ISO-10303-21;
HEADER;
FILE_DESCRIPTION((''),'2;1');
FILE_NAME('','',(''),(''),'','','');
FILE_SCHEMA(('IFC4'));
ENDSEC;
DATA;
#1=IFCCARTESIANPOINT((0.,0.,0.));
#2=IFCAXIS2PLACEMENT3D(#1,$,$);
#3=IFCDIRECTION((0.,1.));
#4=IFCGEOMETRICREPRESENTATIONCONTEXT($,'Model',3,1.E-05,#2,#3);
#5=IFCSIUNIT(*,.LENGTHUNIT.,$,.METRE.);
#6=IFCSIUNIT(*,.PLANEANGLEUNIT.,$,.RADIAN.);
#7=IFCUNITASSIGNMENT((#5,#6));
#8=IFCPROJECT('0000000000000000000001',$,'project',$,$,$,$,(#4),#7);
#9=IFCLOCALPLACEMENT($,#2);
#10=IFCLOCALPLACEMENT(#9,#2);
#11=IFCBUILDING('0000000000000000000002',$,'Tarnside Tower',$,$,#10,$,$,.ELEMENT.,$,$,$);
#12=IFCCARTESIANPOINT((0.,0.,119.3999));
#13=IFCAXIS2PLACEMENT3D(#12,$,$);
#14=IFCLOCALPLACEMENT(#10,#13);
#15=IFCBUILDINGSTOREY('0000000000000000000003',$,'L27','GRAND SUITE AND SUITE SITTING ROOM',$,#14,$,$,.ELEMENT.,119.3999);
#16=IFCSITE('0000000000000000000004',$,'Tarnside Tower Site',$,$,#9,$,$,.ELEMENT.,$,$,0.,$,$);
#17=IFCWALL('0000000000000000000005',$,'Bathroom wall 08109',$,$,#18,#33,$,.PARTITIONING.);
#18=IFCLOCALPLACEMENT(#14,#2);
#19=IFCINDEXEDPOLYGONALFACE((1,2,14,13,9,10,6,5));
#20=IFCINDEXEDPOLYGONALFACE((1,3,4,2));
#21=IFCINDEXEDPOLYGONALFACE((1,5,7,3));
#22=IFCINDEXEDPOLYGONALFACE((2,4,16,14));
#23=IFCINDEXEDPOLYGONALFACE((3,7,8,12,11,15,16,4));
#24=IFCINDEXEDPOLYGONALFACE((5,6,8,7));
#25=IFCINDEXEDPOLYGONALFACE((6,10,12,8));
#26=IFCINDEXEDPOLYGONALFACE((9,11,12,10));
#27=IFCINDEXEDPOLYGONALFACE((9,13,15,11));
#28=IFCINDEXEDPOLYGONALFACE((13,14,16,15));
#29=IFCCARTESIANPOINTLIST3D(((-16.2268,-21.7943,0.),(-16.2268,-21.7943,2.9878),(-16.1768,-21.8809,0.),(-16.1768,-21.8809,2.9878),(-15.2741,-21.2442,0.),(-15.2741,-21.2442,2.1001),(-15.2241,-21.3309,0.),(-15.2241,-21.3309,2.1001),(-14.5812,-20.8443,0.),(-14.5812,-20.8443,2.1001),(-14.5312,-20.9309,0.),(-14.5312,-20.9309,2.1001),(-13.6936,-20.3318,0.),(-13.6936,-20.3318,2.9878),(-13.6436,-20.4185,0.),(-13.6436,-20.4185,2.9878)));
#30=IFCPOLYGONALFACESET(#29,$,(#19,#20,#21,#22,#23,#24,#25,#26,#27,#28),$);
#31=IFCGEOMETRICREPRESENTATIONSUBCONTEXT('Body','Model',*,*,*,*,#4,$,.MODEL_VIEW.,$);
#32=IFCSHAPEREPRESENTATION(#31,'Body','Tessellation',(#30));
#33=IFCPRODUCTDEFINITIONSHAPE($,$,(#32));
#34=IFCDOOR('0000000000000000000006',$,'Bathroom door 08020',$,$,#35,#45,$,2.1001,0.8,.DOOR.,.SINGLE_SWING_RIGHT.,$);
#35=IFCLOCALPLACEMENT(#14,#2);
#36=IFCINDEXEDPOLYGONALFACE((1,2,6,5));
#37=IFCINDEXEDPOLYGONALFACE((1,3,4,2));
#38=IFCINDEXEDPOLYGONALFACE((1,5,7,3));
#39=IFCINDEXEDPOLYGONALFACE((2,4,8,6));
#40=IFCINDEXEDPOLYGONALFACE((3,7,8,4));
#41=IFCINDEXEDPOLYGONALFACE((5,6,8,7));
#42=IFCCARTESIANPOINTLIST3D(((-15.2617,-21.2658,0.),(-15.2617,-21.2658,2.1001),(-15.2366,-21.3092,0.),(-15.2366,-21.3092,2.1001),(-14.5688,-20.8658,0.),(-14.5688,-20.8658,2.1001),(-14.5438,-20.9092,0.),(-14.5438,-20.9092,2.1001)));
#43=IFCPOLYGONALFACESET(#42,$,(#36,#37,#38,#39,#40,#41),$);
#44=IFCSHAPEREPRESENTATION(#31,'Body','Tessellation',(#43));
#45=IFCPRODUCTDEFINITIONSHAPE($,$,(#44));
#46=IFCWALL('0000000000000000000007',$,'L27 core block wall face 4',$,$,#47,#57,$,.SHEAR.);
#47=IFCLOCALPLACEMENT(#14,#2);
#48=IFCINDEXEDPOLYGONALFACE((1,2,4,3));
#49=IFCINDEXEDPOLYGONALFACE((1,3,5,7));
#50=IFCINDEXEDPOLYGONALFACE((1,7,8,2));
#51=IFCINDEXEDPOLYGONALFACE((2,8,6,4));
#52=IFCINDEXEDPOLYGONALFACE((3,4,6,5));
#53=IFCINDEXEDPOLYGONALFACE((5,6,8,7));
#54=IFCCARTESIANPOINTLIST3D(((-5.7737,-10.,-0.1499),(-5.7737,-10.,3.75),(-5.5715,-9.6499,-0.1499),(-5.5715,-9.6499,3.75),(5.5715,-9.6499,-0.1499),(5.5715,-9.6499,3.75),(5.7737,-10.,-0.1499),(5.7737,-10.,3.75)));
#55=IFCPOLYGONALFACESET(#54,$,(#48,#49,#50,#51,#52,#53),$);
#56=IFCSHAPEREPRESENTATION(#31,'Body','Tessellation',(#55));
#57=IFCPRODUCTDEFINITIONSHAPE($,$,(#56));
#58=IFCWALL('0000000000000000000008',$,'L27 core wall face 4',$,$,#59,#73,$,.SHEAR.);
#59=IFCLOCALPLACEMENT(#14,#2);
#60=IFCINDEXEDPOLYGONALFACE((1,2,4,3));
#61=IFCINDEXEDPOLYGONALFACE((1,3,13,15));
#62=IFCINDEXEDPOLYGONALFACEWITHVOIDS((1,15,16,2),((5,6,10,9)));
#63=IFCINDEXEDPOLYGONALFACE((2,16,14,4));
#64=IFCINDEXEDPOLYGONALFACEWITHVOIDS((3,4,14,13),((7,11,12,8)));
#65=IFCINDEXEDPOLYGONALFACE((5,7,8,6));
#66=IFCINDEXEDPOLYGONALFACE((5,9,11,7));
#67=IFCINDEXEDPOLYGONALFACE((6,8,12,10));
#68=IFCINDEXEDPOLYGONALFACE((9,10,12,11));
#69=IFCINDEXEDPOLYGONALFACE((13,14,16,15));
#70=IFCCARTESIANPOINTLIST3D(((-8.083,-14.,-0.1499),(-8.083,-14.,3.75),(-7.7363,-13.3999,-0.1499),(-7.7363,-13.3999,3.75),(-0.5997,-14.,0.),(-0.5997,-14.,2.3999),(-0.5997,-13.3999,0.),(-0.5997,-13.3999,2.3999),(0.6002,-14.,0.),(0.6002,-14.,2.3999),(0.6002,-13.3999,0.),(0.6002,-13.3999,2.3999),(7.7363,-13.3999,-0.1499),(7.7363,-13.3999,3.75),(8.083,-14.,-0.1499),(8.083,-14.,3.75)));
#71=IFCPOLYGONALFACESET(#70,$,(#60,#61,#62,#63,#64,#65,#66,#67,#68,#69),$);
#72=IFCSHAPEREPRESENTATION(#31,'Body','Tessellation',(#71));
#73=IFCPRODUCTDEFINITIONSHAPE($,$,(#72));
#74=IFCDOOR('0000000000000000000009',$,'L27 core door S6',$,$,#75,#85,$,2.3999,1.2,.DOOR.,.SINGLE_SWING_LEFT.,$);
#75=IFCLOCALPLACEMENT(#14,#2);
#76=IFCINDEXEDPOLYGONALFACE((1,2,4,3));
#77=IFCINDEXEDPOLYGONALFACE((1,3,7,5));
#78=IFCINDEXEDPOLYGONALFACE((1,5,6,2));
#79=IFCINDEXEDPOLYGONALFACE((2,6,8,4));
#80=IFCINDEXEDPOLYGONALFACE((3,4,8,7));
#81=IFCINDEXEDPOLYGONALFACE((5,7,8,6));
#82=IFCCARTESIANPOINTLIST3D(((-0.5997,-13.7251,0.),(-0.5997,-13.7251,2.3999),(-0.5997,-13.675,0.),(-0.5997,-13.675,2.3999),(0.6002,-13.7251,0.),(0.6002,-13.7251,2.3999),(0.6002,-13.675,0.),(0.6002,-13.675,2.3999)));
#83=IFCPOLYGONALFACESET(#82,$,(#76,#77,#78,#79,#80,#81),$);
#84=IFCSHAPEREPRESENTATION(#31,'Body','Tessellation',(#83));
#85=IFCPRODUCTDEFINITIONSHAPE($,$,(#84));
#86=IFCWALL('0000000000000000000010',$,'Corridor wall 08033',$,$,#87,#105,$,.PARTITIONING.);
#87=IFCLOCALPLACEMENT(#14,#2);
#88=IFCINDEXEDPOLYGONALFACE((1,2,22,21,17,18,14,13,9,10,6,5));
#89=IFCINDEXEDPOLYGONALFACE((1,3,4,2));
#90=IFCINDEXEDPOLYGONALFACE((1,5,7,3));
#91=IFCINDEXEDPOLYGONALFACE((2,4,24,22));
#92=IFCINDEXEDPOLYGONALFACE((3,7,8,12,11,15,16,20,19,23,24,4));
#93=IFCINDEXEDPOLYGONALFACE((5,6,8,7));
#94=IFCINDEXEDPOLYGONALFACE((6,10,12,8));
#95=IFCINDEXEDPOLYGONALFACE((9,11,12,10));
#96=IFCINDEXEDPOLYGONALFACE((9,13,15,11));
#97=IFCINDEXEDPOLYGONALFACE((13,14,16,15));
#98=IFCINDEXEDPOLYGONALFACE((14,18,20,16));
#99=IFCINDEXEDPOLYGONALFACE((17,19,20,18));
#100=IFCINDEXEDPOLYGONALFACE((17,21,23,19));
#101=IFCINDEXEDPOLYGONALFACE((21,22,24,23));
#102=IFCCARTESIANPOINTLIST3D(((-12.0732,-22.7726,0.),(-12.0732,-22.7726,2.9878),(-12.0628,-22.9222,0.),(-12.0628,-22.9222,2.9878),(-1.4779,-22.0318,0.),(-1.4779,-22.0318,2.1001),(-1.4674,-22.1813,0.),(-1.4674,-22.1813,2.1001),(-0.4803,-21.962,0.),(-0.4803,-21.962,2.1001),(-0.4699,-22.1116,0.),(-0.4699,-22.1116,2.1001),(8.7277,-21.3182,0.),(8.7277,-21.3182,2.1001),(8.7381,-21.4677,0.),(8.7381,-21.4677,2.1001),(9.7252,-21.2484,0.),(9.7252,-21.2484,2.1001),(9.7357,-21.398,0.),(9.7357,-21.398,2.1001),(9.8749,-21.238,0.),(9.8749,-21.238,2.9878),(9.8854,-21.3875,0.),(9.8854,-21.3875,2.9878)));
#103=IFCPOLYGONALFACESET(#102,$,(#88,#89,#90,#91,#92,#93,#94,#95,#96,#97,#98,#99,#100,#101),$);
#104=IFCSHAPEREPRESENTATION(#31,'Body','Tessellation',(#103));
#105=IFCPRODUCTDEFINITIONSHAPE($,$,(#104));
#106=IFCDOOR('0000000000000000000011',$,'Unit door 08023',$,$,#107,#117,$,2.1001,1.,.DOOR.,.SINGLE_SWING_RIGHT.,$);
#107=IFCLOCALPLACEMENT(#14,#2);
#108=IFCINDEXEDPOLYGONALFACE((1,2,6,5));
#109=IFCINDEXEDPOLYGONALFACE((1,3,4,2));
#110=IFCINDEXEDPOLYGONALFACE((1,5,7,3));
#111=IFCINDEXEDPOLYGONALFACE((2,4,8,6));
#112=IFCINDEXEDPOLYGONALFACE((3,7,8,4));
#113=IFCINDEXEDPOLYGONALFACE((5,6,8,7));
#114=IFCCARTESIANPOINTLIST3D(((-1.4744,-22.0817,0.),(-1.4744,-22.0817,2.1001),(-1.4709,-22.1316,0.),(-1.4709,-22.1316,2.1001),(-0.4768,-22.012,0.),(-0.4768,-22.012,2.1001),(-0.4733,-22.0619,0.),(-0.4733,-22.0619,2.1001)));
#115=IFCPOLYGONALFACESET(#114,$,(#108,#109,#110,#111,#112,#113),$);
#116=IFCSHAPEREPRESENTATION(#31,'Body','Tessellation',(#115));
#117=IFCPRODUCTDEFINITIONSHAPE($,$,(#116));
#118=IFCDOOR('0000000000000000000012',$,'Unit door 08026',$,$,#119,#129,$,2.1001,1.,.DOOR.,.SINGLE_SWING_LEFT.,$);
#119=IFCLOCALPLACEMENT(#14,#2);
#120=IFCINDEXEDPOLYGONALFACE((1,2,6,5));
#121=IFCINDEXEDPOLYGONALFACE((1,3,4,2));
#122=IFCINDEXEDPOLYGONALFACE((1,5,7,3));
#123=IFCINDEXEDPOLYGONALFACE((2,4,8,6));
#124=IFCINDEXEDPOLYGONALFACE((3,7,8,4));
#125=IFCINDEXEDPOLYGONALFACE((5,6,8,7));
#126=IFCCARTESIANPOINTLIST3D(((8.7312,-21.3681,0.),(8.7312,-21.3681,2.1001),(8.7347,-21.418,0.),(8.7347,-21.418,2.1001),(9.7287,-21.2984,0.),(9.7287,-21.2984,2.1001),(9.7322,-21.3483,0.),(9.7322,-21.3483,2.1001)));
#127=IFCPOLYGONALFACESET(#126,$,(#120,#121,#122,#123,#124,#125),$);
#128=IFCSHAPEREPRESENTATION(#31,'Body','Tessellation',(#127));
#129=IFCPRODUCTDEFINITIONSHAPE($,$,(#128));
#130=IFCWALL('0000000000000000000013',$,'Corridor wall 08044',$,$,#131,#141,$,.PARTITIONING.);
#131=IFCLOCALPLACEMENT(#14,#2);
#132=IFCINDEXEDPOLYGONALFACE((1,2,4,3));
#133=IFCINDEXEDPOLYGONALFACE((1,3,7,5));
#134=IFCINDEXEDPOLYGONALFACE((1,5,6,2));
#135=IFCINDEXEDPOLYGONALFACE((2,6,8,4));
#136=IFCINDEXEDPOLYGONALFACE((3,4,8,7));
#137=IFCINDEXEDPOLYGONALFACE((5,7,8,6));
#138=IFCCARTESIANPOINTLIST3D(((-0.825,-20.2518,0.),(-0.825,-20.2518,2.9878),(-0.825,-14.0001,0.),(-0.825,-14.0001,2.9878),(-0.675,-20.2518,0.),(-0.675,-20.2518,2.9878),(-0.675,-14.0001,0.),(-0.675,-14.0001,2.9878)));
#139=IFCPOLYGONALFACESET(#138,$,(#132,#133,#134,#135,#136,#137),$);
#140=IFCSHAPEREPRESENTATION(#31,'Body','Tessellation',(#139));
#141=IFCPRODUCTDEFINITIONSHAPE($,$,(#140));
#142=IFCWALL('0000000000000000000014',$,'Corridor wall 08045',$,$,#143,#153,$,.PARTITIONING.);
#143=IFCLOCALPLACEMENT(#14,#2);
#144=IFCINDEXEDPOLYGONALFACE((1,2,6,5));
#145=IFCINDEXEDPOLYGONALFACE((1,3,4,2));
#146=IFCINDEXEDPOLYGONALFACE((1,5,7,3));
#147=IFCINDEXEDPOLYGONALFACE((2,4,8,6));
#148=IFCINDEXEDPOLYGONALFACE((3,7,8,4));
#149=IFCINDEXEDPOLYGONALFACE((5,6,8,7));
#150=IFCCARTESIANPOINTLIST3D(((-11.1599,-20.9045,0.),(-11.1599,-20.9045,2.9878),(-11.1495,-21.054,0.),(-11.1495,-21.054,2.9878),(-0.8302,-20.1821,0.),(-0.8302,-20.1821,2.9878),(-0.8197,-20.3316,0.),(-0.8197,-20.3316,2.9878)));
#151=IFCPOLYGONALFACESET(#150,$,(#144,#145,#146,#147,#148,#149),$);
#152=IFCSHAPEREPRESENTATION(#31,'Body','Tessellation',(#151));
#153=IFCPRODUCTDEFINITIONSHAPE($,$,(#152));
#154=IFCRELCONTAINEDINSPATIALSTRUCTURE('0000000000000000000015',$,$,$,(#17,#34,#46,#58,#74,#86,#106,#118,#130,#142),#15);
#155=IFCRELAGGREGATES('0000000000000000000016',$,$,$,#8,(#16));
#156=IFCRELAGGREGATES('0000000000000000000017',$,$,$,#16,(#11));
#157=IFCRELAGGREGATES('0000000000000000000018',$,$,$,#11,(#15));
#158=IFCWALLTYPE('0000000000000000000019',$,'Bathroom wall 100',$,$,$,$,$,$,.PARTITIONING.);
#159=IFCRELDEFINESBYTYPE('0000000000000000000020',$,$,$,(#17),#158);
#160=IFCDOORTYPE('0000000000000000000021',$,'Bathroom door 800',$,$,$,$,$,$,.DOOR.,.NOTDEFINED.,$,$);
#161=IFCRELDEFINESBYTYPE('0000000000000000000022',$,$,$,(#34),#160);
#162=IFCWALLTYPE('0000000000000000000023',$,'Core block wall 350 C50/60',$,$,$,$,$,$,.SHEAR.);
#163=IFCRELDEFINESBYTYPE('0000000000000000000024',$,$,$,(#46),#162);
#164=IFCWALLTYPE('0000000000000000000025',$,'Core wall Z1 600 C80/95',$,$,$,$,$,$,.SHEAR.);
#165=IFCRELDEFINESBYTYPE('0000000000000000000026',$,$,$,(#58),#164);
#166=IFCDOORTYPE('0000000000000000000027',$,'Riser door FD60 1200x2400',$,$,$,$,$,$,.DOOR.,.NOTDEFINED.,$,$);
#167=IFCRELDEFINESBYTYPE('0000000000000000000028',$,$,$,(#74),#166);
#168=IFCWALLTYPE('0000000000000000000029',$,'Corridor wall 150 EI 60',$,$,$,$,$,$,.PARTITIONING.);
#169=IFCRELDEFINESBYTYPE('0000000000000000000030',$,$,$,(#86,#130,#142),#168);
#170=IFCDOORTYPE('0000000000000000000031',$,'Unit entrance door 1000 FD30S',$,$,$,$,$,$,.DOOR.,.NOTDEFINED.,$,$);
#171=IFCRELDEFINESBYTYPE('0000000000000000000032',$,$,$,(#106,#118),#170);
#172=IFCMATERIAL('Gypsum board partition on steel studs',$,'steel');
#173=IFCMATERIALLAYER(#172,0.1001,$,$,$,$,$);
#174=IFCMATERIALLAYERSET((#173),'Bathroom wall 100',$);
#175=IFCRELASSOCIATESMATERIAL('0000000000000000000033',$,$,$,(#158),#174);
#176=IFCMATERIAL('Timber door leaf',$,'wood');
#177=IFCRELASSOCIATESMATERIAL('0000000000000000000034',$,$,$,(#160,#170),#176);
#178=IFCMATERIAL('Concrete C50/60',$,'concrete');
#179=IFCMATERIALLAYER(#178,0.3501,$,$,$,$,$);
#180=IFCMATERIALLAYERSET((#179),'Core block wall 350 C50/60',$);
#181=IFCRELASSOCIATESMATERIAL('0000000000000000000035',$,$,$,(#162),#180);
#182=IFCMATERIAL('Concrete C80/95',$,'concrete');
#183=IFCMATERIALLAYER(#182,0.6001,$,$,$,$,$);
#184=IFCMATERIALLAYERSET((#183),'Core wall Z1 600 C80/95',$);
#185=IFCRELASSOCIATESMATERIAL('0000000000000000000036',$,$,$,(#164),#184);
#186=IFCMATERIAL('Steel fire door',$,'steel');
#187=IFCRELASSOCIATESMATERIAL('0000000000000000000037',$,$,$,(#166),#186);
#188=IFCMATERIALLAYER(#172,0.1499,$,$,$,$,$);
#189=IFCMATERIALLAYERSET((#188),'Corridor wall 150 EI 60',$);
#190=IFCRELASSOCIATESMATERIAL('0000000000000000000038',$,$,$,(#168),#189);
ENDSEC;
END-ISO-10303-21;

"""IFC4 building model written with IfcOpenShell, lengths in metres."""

from ifc_helpers import new_model, si_unit, direction, frame, frame_2d, origin, place, context, subcontext, project, spatial, polyline, rectangle, outline, extrude, material, layer, layer_set, type_object, element, fill, save


model = new_model("IFC4")

# Units and contexts
model_context = context("Model", 3, precision=1e-05, world=origin(), true_north=direction((0.0, 1.0)))
body_context = subcontext(model_context, "Body", "Model", "MODEL_VIEW")
ifc_project = project(units=[si_unit("LENGTHUNIT", "METRE"), si_unit("PLANEANGLEUNIT", "RADIAN")], contexts=[model_context])

# Site, building, storey
site_placement = place(None, origin())
site = spatial("IfcSite", under=ifc_project, at=site_placement, Name="Tarnside Tower Site", CompositionType="ELEMENT", RefElevation=0.0)
building_placement = place(site_placement, origin())
building = spatial("IfcBuilding", under=site, at=building_placement, Name="Tarnside Tower", CompositionType="ELEMENT")
storey_placement = place(building_placement, frame((0.0, 0.0, 119.3999)))
storey = spatial("IfcBuildingStorey", under=building, at=storey_placement, Name="L27", Description="GRAND SUITE AND SUITE SITTING ROOM", CompositionType="ELEMENT", Elevation=119.3999)

# Wall, opening, door
ifc_material_1 = material(Name="Gypsum board partition on steel studs", Category="steel")
ifc_layer_1 = layer(ifc_material_1, 0.1001)
ifc_layer_set_1 = layer_set([ifc_layer_1], Name="Bathroom wall 100")
wall_type_1 = type_object("IfcWallType", Name="Bathroom wall 100", PredefinedType="PARTITIONING", material=ifc_layer_set_1)
wall_1_placement = place(storey_placement, frame((-13.6687, -20.3752, 0.0), z_axis=(0.0, 0.0, 1.0), x_axis=(-0.866047, -0.499963, 0.0)))
wall_1 = element("IfcWall", 1, at=wall_1_placement, inside=storey, type_object=wall_type_1, Name="Bathroom wall 08109", PredefinedType="PARTITIONING", context=body_context, shape_type="SweptSolid", body=[
    extrude(rectangle(XDim=2.925, YDim=0.1001, at=frame_2d((1.4624, 0.0))), origin(), (0.0, 0.0, 1.0), 2.9878),
])
opening_1_placement = place(wall_1_placement, frame((1.0249, 0.0, 0.0)))
opening_1 = element("IfcOpeningElement", 2, at=opening_1_placement, cuts=wall_1, PredefinedType="OPENING", context=body_context, shape_type="SweptSolid", body=[
    extrude(rectangle(XDim=0.8, YDim=2.1001, at=frame_2d((0.3999, 1.05))), frame((0.0, 0.0601, 0.0), z_axis=(0.0, -1.0, 0.0), x_axis=(1.0, 0.0, 0.0)), (0.0, 0.0, 1.0), 0.1201),
])
ifc_material_2 = material(Name="Timber door leaf", Category="wood")
door_type_1 = type_object("IfcDoorType", Name="Bathroom door 800", OperationType="NOTDEFINED", PredefinedType="DOOR", material=ifc_material_2)
door_1_placement = place(opening_1_placement, origin())
door_1 = element("IfcDoor", 3, at=door_1_placement, inside=storey, type_object=door_type_1, Name="Bathroom door 08020", OperationType="SINGLE_SWING_RIGHT", OverallHeight=2.1001, OverallWidth=0.8, PredefinedType="DOOR", context=body_context, shape_type="SweptSolid", body=[
    extrude(rectangle(XDim=0.8, YDim=2.1001, at=frame_2d((0.3999, 1.05))), frame((0.0, 0.0249, 0.0), z_axis=(0.0, -1.0, 0.0), x_axis=(1.0, 0.0, 0.0)), (0.0, 0.0, 1.0), 0.05),
])
fill(opening_1, door_1)

# Wall
ifc_material_3 = material(Name="Concrete C50/60", Category="concrete")
ifc_layer_2 = layer(ifc_material_3, 0.3501)
ifc_layer_set_2 = layer_set([ifc_layer_2], Name="Core block wall 350 C50/60")
wall_type_2 = type_object("IfcWallType", Name="Core block wall 350 C50/60", PredefinedType="SHEAR", material=ifc_layer_set_2)
wall_2_placement = place(storey_placement, frame((-5.6726, -9.825, -0.1499), z_axis=(0.0, 0.0, 1.0), x_axis=(1.0, 0.0, 0.0)))
element("IfcWall", 4, at=wall_2_placement, inside=storey, type_object=wall_type_2, Name="L27 core block wall face 4", PredefinedType="SHEAR", context=body_context, shape_type="SweptSolid", body=[
    extrude(outline(polyline([(-0.1011, -0.175), (11.4463, -0.175), (11.2441, 0.175), (0.1011, 0.175), (-0.1011, -0.175)])), origin(), (0.0, 0.0, 1.0), 3.8999),
])

# Wall, opening, door
ifc_material_4 = material(Name="Concrete C80/95", Category="concrete")
ifc_layer_3 = layer(ifc_material_4, 0.6001)
ifc_layer_set_3 = layer_set([ifc_layer_3], Name="Core wall Z1 600 C80/95")
wall_type_3 = type_object("IfcWallType", Name="Core wall Z1 600 C80/95", PredefinedType="SHEAR", material=ifc_layer_set_3)
wall_3_placement = place(storey_placement, frame((-7.9097, -13.7, -0.1499), z_axis=(0.0, 0.0, 1.0), x_axis=(1.0, 0.0, 0.0)))
wall_3 = element("IfcWall", 5, at=wall_3_placement, inside=storey, type_object=wall_type_3, Name="L27 core wall face 4", PredefinedType="SHEAR", context=body_context, shape_type="SweptSolid", body=[
    extrude(outline(polyline([(-0.1733, -0.3), (15.9927, -0.3), (15.646, 0.3), (0.1733, 0.3), (-0.1733, -0.3)])), origin(), (0.0, 0.0, 1.0), 3.8999),
])
opening_2_placement = place(wall_3_placement, frame((7.3098, 0.0, 0.1499)))
opening_2 = element("IfcOpeningElement", 6, at=opening_2_placement, cuts=wall_3, PredefinedType="OPENING", context=body_context, shape_type="SweptSolid", body=[
    extrude(rectangle(XDim=1.2, YDim=2.3999, at=frame_2d((0.6001, 1.2))), frame((0.0, 0.3101, 0.0), z_axis=(0.0, -1.0, 0.0), x_axis=(1.0, 0.0, 0.0)), (0.0, 0.0, 1.0), 0.6201),
])
ifc_material_5 = material(Name="Steel fire door", Category="steel")
door_type_2 = type_object("IfcDoorType", Name="Riser door FD60 1200x2400", OperationType="NOTDEFINED", PredefinedType="DOOR", material=ifc_material_5)
door_2_placement = place(opening_2_placement, origin())
door_2 = element("IfcDoor", 7, at=door_2_placement, inside=storey, type_object=door_type_2, Name="L27 core door S6", OperationType="SINGLE_SWING_LEFT", OverallHeight=2.3999, OverallWidth=1.2, PredefinedType="DOOR", context=body_context, shape_type="SweptSolid", body=[
    extrude(rectangle(XDim=1.2, YDim=2.3999, at=frame_2d((0.6001, 1.2))), frame((0.0, 0.0249, 0.0), z_axis=(0.0, -1.0, 0.0), x_axis=(1.0, 0.0, 0.0)), (0.0, 0.0, 1.0), 0.05),
])
fill(opening_2, door_2)

# Wall, openings, doors
ifc_layer_4 = layer(ifc_material_1, 0.1499)
ifc_layer_set_4 = layer_set([ifc_layer_4], Name="Corridor wall 150 EI 60")
wall_type_4 = type_object("IfcWallType", Name="Corridor wall 150 EI 60", PredefinedType="PARTITIONING", material=ifc_layer_set_4)
wall_4_placement = place(storey_placement, frame((-12.0681, -22.8474, 0.0), z_axis=(0.0, 0.0, 1.0), x_axis=(0.997564, 0.069752, 0.0)))
wall_4 = element("IfcWall", 8, at=wall_4_placement, inside=storey, type_object=wall_type_4, Name="Corridor wall 08033", PredefinedType="PARTITIONING", context=body_context, shape_type="SweptSolid", body=[
    extrude(rectangle(XDim=22.0017, YDim=0.1499, at=frame_2d((11.001, 0.0))), origin(), (0.0, 0.0, 1.0), 2.9878),
])
opening_3_placement = place(wall_4_placement, frame((10.6213, 0.0, 0.0)))
opening_3 = element("IfcOpeningElement", 9, at=opening_3_placement, cuts=wall_4, PredefinedType="OPENING", context=body_context, shape_type="SweptSolid", body=[
    extrude(rectangle(XDim=1.0, YDim=2.1001, at=frame_2d((0.5, 1.05))), frame((0.0, 0.085, 0.0), z_axis=(0.0, -1.0, 0.0), x_axis=(1.0, 0.0, 0.0)), (0.0, 0.0, 1.0), 0.1699),
])
opening_4_placement = place(wall_4_placement, frame((20.8518, 0.0, 0.0)))
opening_4 = element("IfcOpeningElement", 10, at=opening_4_placement, cuts=wall_4, PredefinedType="OPENING", context=body_context, shape_type="SweptSolid", body=[
    extrude(rectangle(XDim=1.0, YDim=2.1001, at=frame_2d((0.5, 1.05))), frame((0.0, 0.085, 0.0), z_axis=(0.0, -1.0, 0.0), x_axis=(1.0, 0.0, 0.0)), (0.0, 0.0, 1.0), 0.1699),
])
door_type_3 = type_object("IfcDoorType", Name="Unit entrance door 1000 FD30S", OperationType="NOTDEFINED", PredefinedType="DOOR", material=ifc_material_2)
door_3_placement = place(opening_3_placement, origin())
door_3 = element("IfcDoor", 11, at=door_3_placement, inside=storey, type_object=door_type_3, Name="Unit door 08023", OperationType="SINGLE_SWING_RIGHT", OverallHeight=2.1001, OverallWidth=1.0, PredefinedType="DOOR", context=body_context, shape_type="SweptSolid", body=[
    extrude(rectangle(XDim=1.0, YDim=2.1001, at=frame_2d((0.5, 1.05))), frame((0.0, 0.0249, 0.0), z_axis=(0.0, -1.0, 0.0), x_axis=(1.0, 0.0, 0.0)), (0.0, 0.0, 1.0), 0.05),
])
fill(opening_3, door_3)
door_4_placement = place(opening_4_placement, origin())
door_4 = element("IfcDoor", 12, at=door_4_placement, inside=storey, type_object=door_type_3, Name="Unit door 08026", OperationType="SINGLE_SWING_LEFT", OverallHeight=2.1001, OverallWidth=1.0, PredefinedType="DOOR", context=body_context, shape_type="SweptSolid", body=[
    extrude(rectangle(XDim=1.0, YDim=2.1001, at=frame_2d((0.5, 1.05))), frame((0.0, 0.0249, 0.0), z_axis=(0.0, -1.0, 0.0), x_axis=(1.0, 0.0, 0.0)), (0.0, 0.0, 1.0), 0.05),
])
fill(opening_4, door_4)

# Walls
wall_5_placement = place(storey_placement, frame((-0.75, -14.0, 0.0), z_axis=(0.0, 0.0, 1.0), x_axis=(0.0, -1.0, 0.0)))
element("IfcWall", 13, at=wall_5_placement, inside=storey, type_object=wall_type_4, Name="Corridor wall 08044", PredefinedType="PARTITIONING", context=body_context, shape_type="SweptSolid", body=[
    extrude(rectangle(XDim=6.2517, YDim=0.1499, at=frame_2d((3.126, 0.0))), origin(), (0.0, 0.0, 1.0), 2.9878),
])
wall_6_placement = place(storey_placement, frame((-0.825, -20.2568, 0.0), z_axis=(0.0, 0.0, 1.0), x_axis=(-0.997564, -0.069764, 0.0)))
element("IfcWall", 14, at=wall_6_placement, inside=storey, type_object=wall_type_4, Name="Corridor wall 08045", PredefinedType="PARTITIONING", context=body_context, shape_type="SweptSolid", body=[
    extrude(rectangle(XDim=10.355, YDim=0.1499, at=frame_2d((5.1775, 0.0))), origin(), (0.0, 0.0, 1.0), 2.9878),
])

save(model, "model.ifc")
